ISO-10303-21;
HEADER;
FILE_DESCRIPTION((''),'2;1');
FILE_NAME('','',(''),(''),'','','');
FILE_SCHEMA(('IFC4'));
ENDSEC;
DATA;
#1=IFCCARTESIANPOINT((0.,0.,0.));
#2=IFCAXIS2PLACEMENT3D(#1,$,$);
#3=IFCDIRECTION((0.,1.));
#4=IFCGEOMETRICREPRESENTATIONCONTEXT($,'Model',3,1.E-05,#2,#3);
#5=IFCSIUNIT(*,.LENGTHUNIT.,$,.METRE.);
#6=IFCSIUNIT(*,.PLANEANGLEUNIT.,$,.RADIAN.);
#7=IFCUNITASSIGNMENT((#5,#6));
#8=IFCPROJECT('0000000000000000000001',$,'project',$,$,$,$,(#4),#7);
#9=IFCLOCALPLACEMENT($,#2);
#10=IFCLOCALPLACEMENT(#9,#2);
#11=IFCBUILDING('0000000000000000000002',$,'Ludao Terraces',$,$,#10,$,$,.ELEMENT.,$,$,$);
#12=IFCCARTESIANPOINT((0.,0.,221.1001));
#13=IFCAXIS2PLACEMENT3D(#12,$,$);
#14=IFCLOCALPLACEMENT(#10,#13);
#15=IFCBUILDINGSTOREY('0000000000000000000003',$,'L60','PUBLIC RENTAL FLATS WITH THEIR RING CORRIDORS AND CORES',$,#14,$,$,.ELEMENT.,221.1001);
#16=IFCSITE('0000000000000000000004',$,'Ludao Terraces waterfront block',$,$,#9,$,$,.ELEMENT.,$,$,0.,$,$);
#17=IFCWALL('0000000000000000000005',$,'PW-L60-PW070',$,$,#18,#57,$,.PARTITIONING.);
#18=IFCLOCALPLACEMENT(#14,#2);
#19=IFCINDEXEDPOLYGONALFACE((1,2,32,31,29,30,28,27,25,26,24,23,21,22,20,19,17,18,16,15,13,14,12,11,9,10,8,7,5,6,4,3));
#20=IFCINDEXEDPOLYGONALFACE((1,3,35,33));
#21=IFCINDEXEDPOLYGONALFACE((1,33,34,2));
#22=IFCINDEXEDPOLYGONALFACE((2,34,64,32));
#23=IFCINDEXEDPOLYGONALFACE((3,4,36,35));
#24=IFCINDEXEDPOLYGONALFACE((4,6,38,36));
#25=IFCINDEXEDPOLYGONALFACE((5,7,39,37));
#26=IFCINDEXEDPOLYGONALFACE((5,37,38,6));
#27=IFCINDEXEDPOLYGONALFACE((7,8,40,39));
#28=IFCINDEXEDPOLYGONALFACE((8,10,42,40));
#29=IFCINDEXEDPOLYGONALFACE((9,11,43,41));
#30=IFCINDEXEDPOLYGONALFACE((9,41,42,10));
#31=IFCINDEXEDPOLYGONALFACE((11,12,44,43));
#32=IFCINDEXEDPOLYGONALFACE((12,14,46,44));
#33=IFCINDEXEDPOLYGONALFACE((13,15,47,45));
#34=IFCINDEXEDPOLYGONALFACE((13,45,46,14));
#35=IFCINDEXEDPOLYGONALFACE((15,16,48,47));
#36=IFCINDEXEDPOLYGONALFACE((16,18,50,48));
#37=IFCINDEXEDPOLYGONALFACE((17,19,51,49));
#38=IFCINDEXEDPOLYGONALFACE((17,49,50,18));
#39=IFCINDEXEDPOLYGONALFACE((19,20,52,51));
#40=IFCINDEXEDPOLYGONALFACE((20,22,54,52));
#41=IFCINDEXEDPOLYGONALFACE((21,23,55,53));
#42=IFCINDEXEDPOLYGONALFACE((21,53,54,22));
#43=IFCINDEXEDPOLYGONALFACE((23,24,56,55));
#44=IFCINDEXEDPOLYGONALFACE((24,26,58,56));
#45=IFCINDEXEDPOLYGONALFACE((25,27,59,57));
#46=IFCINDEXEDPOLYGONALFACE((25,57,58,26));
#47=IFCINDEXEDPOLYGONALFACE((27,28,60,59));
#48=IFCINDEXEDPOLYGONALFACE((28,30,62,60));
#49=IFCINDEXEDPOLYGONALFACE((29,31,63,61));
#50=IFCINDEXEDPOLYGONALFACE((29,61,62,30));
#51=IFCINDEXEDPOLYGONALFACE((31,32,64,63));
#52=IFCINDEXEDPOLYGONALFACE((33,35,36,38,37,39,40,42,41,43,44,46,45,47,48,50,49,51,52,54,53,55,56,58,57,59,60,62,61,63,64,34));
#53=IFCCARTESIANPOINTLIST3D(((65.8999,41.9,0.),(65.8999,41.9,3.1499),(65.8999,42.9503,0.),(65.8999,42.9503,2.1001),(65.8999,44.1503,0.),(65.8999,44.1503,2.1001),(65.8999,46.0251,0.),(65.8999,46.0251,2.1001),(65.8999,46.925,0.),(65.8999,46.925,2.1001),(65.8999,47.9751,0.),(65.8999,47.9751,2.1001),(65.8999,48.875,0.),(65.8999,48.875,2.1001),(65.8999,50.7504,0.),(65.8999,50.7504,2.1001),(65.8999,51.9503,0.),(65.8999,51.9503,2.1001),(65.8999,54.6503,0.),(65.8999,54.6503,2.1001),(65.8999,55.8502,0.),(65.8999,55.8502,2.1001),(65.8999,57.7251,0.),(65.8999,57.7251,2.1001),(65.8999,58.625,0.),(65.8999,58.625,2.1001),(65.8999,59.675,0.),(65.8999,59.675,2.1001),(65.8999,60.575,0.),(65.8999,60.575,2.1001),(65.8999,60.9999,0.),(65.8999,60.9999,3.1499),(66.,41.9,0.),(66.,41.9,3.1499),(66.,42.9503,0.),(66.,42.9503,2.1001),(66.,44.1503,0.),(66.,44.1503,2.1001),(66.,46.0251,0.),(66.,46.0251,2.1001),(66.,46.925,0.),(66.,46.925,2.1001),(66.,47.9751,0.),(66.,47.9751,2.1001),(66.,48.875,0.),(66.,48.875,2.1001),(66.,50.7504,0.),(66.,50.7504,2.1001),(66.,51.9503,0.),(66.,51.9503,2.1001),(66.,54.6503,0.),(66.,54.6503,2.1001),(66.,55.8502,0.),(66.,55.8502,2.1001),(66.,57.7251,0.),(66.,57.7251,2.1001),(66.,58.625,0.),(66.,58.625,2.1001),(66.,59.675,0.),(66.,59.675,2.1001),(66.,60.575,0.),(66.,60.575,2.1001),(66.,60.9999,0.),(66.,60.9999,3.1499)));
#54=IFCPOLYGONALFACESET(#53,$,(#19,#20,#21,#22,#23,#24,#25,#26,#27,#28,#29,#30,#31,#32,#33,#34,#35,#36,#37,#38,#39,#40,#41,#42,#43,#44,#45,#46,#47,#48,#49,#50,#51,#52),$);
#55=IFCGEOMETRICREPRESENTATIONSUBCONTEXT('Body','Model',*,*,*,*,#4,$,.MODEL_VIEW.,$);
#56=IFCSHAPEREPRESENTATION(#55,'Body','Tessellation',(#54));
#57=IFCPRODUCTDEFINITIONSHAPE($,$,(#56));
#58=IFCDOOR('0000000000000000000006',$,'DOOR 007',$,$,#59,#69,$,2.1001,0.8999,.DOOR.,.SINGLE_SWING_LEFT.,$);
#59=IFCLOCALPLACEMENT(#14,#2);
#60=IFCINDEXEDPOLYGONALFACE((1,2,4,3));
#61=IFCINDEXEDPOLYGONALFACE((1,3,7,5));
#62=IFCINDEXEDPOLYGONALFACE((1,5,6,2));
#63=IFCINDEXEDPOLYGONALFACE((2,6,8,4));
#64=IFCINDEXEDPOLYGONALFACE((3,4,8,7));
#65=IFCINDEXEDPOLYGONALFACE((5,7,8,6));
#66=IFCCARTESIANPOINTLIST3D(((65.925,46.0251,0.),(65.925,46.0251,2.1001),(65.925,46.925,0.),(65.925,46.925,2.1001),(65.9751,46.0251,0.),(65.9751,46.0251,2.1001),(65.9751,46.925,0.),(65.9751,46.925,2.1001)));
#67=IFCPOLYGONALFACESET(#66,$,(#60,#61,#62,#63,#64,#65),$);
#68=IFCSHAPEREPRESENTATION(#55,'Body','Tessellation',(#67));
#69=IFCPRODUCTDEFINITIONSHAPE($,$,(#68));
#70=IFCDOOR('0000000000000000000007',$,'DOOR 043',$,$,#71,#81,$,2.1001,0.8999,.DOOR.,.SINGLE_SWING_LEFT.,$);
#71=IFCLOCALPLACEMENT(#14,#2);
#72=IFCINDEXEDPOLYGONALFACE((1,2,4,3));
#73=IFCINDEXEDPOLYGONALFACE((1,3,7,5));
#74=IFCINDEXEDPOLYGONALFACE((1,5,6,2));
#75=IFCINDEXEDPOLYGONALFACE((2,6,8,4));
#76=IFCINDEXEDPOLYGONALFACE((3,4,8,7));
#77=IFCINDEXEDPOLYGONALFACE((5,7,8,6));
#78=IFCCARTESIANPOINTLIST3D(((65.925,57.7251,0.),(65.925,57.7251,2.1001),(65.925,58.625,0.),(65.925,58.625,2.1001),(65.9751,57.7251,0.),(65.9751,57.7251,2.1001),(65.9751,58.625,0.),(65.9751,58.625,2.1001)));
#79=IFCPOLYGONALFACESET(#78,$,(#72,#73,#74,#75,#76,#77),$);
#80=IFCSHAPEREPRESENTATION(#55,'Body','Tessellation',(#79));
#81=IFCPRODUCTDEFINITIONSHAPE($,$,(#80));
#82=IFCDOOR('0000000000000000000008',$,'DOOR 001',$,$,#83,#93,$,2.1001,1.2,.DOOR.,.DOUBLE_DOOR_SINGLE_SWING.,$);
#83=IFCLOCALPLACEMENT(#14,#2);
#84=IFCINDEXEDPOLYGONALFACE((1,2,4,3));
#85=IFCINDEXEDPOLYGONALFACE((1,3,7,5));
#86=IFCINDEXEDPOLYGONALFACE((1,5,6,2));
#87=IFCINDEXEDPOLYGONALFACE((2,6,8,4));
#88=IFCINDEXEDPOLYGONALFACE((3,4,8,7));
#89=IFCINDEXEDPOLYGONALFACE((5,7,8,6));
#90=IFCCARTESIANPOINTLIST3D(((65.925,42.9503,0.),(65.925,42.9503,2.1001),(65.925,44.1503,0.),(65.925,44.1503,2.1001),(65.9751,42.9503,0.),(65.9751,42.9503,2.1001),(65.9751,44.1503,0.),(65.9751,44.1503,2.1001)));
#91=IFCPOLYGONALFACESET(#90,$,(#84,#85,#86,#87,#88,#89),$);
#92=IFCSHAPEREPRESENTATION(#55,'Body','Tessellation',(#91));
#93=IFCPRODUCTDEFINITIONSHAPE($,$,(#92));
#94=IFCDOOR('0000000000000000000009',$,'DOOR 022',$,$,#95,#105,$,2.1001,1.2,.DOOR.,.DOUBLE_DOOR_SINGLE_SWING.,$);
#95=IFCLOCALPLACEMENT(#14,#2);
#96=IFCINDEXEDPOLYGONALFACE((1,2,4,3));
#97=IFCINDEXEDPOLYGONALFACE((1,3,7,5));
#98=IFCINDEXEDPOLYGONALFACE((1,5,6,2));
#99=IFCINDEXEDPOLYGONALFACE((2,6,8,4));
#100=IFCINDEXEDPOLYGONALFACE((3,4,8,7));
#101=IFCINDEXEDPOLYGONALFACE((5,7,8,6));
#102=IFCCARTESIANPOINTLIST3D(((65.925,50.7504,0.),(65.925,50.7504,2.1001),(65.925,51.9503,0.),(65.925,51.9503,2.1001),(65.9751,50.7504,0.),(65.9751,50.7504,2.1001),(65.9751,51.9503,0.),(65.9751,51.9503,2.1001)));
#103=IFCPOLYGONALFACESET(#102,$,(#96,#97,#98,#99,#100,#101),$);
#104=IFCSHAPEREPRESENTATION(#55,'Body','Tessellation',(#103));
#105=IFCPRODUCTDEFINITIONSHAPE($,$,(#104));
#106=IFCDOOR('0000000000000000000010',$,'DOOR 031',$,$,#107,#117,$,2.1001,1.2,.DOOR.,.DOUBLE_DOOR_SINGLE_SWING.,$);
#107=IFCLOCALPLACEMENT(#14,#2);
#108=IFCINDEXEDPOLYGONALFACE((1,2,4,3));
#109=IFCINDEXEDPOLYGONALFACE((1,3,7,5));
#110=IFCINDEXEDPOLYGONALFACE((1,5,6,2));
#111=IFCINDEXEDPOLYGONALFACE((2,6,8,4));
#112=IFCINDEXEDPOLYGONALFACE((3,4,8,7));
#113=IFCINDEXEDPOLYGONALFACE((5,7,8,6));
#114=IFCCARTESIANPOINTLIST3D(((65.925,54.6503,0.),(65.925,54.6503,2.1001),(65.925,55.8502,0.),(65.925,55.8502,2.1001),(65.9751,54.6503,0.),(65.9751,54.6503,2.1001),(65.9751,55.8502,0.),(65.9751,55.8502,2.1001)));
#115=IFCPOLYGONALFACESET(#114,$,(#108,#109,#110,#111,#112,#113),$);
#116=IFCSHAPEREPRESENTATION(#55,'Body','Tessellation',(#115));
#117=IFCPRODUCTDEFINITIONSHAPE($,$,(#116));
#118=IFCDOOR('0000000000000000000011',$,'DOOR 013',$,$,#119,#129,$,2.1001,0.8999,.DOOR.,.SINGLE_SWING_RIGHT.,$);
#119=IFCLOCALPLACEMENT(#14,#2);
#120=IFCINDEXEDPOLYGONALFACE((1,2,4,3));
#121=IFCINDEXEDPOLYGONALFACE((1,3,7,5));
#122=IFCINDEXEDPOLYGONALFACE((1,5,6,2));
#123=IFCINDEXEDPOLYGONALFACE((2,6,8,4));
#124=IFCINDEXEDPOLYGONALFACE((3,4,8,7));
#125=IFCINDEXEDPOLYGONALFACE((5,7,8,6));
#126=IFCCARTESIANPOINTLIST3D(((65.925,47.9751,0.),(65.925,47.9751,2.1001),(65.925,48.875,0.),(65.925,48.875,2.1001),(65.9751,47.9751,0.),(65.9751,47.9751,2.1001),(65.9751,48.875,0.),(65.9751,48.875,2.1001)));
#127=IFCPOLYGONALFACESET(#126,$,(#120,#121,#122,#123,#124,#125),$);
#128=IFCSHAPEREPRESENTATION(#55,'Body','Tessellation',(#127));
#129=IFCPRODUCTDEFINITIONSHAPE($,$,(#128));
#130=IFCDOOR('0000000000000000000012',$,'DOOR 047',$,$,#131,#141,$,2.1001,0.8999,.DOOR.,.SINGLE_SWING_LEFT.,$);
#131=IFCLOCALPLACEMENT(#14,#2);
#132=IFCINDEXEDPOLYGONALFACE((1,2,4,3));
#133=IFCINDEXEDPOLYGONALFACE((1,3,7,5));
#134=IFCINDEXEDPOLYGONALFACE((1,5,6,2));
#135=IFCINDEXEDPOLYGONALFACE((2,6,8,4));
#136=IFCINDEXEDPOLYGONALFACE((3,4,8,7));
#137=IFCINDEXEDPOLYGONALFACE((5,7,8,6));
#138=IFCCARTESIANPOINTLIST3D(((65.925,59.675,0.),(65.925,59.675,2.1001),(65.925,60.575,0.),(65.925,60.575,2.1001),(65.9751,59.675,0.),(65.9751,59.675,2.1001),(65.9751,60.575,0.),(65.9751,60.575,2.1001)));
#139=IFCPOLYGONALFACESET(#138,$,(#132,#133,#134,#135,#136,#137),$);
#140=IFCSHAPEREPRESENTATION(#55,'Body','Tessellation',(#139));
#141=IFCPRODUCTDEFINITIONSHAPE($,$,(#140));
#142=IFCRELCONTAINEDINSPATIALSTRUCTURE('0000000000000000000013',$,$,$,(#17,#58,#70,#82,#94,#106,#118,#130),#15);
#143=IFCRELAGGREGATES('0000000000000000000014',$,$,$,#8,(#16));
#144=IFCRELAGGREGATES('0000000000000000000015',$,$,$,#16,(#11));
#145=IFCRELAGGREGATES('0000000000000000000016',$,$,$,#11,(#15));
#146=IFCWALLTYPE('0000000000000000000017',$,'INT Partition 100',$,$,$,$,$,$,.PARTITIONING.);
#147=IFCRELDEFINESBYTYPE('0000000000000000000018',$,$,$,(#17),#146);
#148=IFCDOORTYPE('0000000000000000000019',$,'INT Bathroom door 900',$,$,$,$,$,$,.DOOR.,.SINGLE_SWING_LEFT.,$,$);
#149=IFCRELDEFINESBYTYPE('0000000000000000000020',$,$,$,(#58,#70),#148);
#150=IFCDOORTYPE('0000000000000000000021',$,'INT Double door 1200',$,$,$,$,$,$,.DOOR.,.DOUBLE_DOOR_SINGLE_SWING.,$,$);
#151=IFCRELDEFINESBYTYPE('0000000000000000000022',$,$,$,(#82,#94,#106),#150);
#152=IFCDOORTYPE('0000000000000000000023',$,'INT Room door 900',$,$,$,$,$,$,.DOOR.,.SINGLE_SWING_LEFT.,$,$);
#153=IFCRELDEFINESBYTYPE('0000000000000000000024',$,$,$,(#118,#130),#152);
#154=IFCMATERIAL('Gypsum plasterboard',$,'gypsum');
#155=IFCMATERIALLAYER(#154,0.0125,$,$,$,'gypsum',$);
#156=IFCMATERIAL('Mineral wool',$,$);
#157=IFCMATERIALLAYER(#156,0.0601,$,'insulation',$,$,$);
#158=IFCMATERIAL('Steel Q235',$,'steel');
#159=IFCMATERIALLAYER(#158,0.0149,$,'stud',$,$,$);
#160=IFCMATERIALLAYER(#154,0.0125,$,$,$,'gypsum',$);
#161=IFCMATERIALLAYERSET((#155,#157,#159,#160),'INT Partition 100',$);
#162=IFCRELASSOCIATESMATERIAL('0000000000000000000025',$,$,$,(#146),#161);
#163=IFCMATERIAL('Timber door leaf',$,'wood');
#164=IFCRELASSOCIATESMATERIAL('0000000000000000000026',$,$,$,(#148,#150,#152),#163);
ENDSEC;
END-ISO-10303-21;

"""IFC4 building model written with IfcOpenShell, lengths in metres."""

from ifc_helpers import new_model, si_unit, direction, frame, frame_2d, origin, place, context, subcontext, project, spatial, rectangle, extrude, material, layer, layer_set, type_object, element, fill, save


model = new_model("IFC4")

# Units and contexts
model_context = context("Model", 3, precision=1e-05, world=origin(), true_north=direction((0.0, 1.0)))
body_context = subcontext(model_context, "Body", "Model", "MODEL_VIEW")
ifc_project = project(units=[si_unit("LENGTHUNIT", "METRE"), si_unit("PLANEANGLEUNIT", "RADIAN")], contexts=[model_context])

# Site, building, storey
site_placement = place(None, origin())
site = spatial("IfcSite", under=ifc_project, at=site_placement, Name="Ludao Terraces waterfront block", CompositionType="ELEMENT", RefElevation=0.0)
building_placement = place(site_placement, origin())
building = spatial("IfcBuilding", under=site, at=building_placement, Name="Ludao Terraces", CompositionType="ELEMENT")
storey_placement = place(building_placement, frame((0.0, 0.0, 221.1001)))
storey = spatial("IfcBuildingStorey", under=building, at=storey_placement, Name="L60", Description="PUBLIC RENTAL FLATS WITH THEIR RING CORRIDORS AND CORES", CompositionType="ELEMENT", Elevation=221.1001)

# Shared definitions
ifc_material_1 = material(Name="Mineral wool")

# Wall, openings, doors
ifc_material_2 = material(Name="Gypsum plasterboard", Category="gypsum")
ifc_layer_1 = layer(ifc_material_2, 0.0125, Category="gypsum")
ifc_layer_2 = layer(ifc_material_1, 0.0601, Name="insulation")
ifc_material_3 = material(Name="Steel Q235", Category="steel")
ifc_layer_3 = layer(ifc_material_3, 0.0149, Name="stud")
ifc_layer_4 = layer(ifc_material_2, 0.0125, Category="gypsum")
ifc_layer_set_1 = layer_set([ifc_layer_1, ifc_layer_2, ifc_layer_3, ifc_layer_4], Name="INT Partition 100")
wall_type_1 = type_object("IfcWallType", Name="INT Partition 100", PredefinedType="PARTITIONING", material=ifc_layer_set_1)
wall_1_placement = place(storey_placement, frame((65.95, 41.9001, 0.0), z_axis=(0.0, 0.0, 1.0), x_axis=(0.0, 1.0, 0.0)))
wall_1 = element("IfcWall", 1, at=wall_1_placement, inside=storey, type_object=wall_type_1, Name="PW-L60-PW070", PredefinedType="PARTITIONING", context=body_context, shape_type="SweptSolid", body=[
    extrude(rectangle(XDim=19.0999, YDim=0.1001, at=frame_2d((9.5498, 0.0))), origin(), (0.0, 0.0, 1.0), 3.1499),
])
opening_1_placement = place(wall_1_placement, frame((1.05, 0.0, 0.0)))
opening_1 = element("IfcOpeningElement", 2, at=opening_1_placement, cuts=wall_1, PredefinedType="OPENING", context=body_context, shape_type="SweptSolid", body=[
    extrude(rectangle(XDim=1.2, YDim=2.1001, at=frame_2d((0.6001, 1.05))), frame((0.0, 0.0601, 0.0), z_axis=(0.0, -1.0, 0.0), x_axis=(1.0, 0.0, 0.0)), (0.0, 0.0, 1.0), 0.1201),
])
opening_2_placement = place(wall_1_placement, frame((4.125, 0.0, 0.0)))
opening_2 = element("IfcOpeningElement", 3, at=opening_2_placement, cuts=wall_1, PredefinedType="OPENING", context=body_context, shape_type="SweptSolid", body=[
    extrude(rectangle(XDim=0.8999, YDim=2.1001, at=frame_2d((0.45, 1.05))), frame((0.0, 0.0601, 0.0), z_axis=(0.0, -1.0, 0.0), x_axis=(1.0, 0.0, 0.0)), (0.0, 0.0, 1.0), 0.1201),
])
opening_3_placement = place(wall_1_placement, frame((6.075, 0.0, 0.0)))
opening_3 = element("IfcOpeningElement", 4, at=opening_3_placement, cuts=wall_1, PredefinedType="OPENING", context=body_context, shape_type="SweptSolid", body=[
    extrude(rectangle(XDim=0.8999, YDim=2.1001, at=frame_2d((0.45, 1.05))), frame((0.0, 0.0601, 0.0), z_axis=(0.0, -1.0, 0.0), x_axis=(1.0, 0.0, 0.0)), (0.0, 0.0, 1.0), 0.1201),
])
opening_4_placement = place(wall_1_placement, frame((8.8501, 0.0, 0.0)))
opening_4 = element("IfcOpeningElement", 5, at=opening_4_placement, cuts=wall_1, PredefinedType="OPENING", context=body_context, shape_type="SweptSolid", body=[
    extrude(rectangle(XDim=1.2, YDim=2.1001, at=frame_2d((0.6001, 1.05))), frame((0.0, 0.0601, 0.0), z_axis=(0.0, -1.0, 0.0), x_axis=(1.0, 0.0, 0.0)), (0.0, 0.0, 1.0), 0.1201),
])
opening_5_placement = place(wall_1_placement, frame((12.75, 0.0, 0.0)))
opening_5 = element("IfcOpeningElement", 6, at=opening_5_placement, cuts=wall_1, PredefinedType="OPENING", context=body_context, shape_type="SweptSolid", body=[
    extrude(rectangle(XDim=1.2, YDim=2.1001, at=frame_2d((0.6001, 1.05))), frame((0.0, 0.0601, 0.0), z_axis=(0.0, -1.0, 0.0), x_axis=(1.0, 0.0, 0.0)), (0.0, 0.0, 1.0), 0.1201),
])
opening_6_placement = place(wall_1_placement, frame((15.825, 0.0, 0.0)))
opening_6 = element("IfcOpeningElement", 7, at=opening_6_placement, cuts=wall_1, PredefinedType="OPENING", context=body_context, shape_type="SweptSolid", body=[
    extrude(rectangle(XDim=0.8999, YDim=2.1001, at=frame_2d((0.45, 1.05))), frame((0.0, 0.0601, 0.0), z_axis=(0.0, -1.0, 0.0), x_axis=(1.0, 0.0, 0.0)), (0.0, 0.0, 1.0), 0.1201),
])
opening_7_placement = place(wall_1_placement, frame((17.7749, 0.0, 0.0)))
opening_7 = element("IfcOpeningElement", 8, at=opening_7_placement, cuts=wall_1, PredefinedType="OPENING", context=body_context, shape_type="SweptSolid", body=[
    extrude(rectangle(XDim=0.8999, YDim=2.1001, at=frame_2d((0.45, 1.05))), frame((0.0, 0.0601, 0.0), z_axis=(0.0, -1.0, 0.0), x_axis=(1.0, 0.0, 0.0)), (0.0, 0.0, 1.0), 0.1201),
])
ifc_material_4 = material(Name="Timber door leaf", Category="wood")
door_type_1 = type_object("IfcDoorType", Name="INT Bathroom door 900", OperationType="SINGLE_SWING_LEFT", PredefinedType="DOOR", material=ifc_material_4)
door_1_placement = place(opening_2_placement, origin())
door_1 = element("IfcDoor", 9, at=door_1_placement, inside=storey, type_object=door_type_1, Name="DOOR 007", OperationType="SINGLE_SWING_LEFT", OverallHeight=2.1001, OverallWidth=0.8999, PredefinedType="DOOR", context=body_context, shape_type="SweptSolid", body=[
    extrude(rectangle(XDim=0.8999, YDim=2.1001, at=frame_2d((0.45, 1.05))), frame((0.0, 0.0249, 0.0), z_axis=(0.0, -1.0, 0.0), x_axis=(1.0, 0.0, 0.0)), (0.0, 0.0, 1.0), 0.05),
])
fill(opening_2, door_1)
door_2_placement = place(opening_6_placement, origin())
door_2 = element("IfcDoor", 10, at=door_2_placement, inside=storey, type_object=door_type_1, Name="DOOR 043", OperationType="SINGLE_SWING_LEFT", OverallHeight=2.1001, OverallWidth=0.8999, PredefinedType="DOOR", context=body_context, shape_type="SweptSolid", body=[
    extrude(rectangle(XDim=0.8999, YDim=2.1001, at=frame_2d((0.45, 1.05))), frame((0.0, 0.0249, 0.0), z_axis=(0.0, -1.0, 0.0), x_axis=(1.0, 0.0, 0.0)), (0.0, 0.0, 1.0), 0.05),
])
fill(opening_6, door_2)
door_type_2 = type_object("IfcDoorType", Name="INT Double door 1200", OperationType="DOUBLE_DOOR_SINGLE_SWING", PredefinedType="DOOR", material=ifc_material_4)
door_3_placement = place(opening_1_placement, origin())
door_3 = element("IfcDoor", 11, at=door_3_placement, inside=storey, type_object=door_type_2, Name="DOOR 001", OperationType="DOUBLE_DOOR_SINGLE_SWING", OverallHeight=2.1001, OverallWidth=1.2, PredefinedType="DOOR", context=body_context, shape_type="SweptSolid", body=[
    extrude(rectangle(XDim=1.2, YDim=2.1001, at=frame_2d((0.6001, 1.05))), frame((0.0, 0.0249, 0.0), z_axis=(0.0, -1.0, 0.0), x_axis=(1.0, 0.0, 0.0)), (0.0, 0.0, 1.0), 0.05),
])
fill(opening_1, door_3)
door_4_placement = place(opening_4_placement, origin())
door_4 = element("IfcDoor", 12, at=door_4_placement, inside=storey, type_object=door_type_2, Name="DOOR 022", OperationType="DOUBLE_DOOR_SINGLE_SWING", OverallHeight=2.1001, OverallWidth=1.2, PredefinedType="DOOR", context=body_context, shape_type="SweptSolid", body=[
    extrude(rectangle(XDim=1.2, YDim=2.1001, at=frame_2d((0.6001, 1.05))), frame((0.0, 0.0249, 0.0), z_axis=(0.0, -1.0, 0.0), x_axis=(1.0, 0.0, 0.0)), (0.0, 0.0, 1.0), 0.05),
])
fill(opening_4, door_4)
door_5_placement = place(opening_5_placement, origin())
door_5 = element("IfcDoor", 13, at=door_5_placement, inside=storey, type_object=door_type_2, Name="DOOR 031", OperationType="DOUBLE_DOOR_SINGLE_SWING", OverallHeight=2.1001, OverallWidth=1.2, PredefinedType="DOOR", context=body_context, shape_type="SweptSolid", body=[
    extrude(rectangle(XDim=1.2, YDim=2.1001, at=frame_2d((0.6001, 1.05))), frame((0.0, 0.0249, 0.0), z_axis=(0.0, -1.0, 0.0), x_axis=(1.0, 0.0, 0.0)), (0.0, 0.0, 1.0), 0.05),
])
fill(opening_5, door_5)
door_type_3 = type_object("IfcDoorType", Name="INT Room door 900", OperationType="SINGLE_SWING_LEFT", PredefinedType="DOOR", material=ifc_material_4)
door_6_placement = place(opening_3_placement, origin())
door_6 = element("IfcDoor", 14, at=door_6_placement, inside=storey, type_object=door_type_3, Name="DOOR 013", OperationType="SINGLE_SWING_RIGHT", OverallHeight=2.1001, OverallWidth=0.8999, PredefinedType="DOOR", context=body_context, shape_type="SweptSolid", body=[
    extrude(rectangle(XDim=0.8999, YDim=2.1001, at=frame_2d((0.45, 1.05))), frame((0.0, 0.0249, 0.0), z_axis=(0.0, -1.0, 0.0), x_axis=(1.0, 0.0, 0.0)), (0.0, 0.0, 1.0), 0.05),
])
fill(opening_3, door_6)
door_7_placement = place(opening_7_placement, origin())
door_7 = element("IfcDoor", 15, at=door_7_placement, inside=storey, type_object=door_type_3, Name="DOOR 047", OperationType="SINGLE_SWING_LEFT", OverallHeight=2.1001, OverallWidth=0.8999, PredefinedType="DOOR", context=body_context, shape_type="SweptSolid", body=[
    extrude(rectangle(XDim=0.8999, YDim=2.1001, at=frame_2d((0.45, 1.05))), frame((0.0, 0.0249, 0.0), z_axis=(0.0, -1.0, 0.0), x_axis=(1.0, 0.0, 0.0)), (0.0, 0.0, 1.0), 0.05),
])
fill(opening_7, door_7)

save(model, "model.ifc")
